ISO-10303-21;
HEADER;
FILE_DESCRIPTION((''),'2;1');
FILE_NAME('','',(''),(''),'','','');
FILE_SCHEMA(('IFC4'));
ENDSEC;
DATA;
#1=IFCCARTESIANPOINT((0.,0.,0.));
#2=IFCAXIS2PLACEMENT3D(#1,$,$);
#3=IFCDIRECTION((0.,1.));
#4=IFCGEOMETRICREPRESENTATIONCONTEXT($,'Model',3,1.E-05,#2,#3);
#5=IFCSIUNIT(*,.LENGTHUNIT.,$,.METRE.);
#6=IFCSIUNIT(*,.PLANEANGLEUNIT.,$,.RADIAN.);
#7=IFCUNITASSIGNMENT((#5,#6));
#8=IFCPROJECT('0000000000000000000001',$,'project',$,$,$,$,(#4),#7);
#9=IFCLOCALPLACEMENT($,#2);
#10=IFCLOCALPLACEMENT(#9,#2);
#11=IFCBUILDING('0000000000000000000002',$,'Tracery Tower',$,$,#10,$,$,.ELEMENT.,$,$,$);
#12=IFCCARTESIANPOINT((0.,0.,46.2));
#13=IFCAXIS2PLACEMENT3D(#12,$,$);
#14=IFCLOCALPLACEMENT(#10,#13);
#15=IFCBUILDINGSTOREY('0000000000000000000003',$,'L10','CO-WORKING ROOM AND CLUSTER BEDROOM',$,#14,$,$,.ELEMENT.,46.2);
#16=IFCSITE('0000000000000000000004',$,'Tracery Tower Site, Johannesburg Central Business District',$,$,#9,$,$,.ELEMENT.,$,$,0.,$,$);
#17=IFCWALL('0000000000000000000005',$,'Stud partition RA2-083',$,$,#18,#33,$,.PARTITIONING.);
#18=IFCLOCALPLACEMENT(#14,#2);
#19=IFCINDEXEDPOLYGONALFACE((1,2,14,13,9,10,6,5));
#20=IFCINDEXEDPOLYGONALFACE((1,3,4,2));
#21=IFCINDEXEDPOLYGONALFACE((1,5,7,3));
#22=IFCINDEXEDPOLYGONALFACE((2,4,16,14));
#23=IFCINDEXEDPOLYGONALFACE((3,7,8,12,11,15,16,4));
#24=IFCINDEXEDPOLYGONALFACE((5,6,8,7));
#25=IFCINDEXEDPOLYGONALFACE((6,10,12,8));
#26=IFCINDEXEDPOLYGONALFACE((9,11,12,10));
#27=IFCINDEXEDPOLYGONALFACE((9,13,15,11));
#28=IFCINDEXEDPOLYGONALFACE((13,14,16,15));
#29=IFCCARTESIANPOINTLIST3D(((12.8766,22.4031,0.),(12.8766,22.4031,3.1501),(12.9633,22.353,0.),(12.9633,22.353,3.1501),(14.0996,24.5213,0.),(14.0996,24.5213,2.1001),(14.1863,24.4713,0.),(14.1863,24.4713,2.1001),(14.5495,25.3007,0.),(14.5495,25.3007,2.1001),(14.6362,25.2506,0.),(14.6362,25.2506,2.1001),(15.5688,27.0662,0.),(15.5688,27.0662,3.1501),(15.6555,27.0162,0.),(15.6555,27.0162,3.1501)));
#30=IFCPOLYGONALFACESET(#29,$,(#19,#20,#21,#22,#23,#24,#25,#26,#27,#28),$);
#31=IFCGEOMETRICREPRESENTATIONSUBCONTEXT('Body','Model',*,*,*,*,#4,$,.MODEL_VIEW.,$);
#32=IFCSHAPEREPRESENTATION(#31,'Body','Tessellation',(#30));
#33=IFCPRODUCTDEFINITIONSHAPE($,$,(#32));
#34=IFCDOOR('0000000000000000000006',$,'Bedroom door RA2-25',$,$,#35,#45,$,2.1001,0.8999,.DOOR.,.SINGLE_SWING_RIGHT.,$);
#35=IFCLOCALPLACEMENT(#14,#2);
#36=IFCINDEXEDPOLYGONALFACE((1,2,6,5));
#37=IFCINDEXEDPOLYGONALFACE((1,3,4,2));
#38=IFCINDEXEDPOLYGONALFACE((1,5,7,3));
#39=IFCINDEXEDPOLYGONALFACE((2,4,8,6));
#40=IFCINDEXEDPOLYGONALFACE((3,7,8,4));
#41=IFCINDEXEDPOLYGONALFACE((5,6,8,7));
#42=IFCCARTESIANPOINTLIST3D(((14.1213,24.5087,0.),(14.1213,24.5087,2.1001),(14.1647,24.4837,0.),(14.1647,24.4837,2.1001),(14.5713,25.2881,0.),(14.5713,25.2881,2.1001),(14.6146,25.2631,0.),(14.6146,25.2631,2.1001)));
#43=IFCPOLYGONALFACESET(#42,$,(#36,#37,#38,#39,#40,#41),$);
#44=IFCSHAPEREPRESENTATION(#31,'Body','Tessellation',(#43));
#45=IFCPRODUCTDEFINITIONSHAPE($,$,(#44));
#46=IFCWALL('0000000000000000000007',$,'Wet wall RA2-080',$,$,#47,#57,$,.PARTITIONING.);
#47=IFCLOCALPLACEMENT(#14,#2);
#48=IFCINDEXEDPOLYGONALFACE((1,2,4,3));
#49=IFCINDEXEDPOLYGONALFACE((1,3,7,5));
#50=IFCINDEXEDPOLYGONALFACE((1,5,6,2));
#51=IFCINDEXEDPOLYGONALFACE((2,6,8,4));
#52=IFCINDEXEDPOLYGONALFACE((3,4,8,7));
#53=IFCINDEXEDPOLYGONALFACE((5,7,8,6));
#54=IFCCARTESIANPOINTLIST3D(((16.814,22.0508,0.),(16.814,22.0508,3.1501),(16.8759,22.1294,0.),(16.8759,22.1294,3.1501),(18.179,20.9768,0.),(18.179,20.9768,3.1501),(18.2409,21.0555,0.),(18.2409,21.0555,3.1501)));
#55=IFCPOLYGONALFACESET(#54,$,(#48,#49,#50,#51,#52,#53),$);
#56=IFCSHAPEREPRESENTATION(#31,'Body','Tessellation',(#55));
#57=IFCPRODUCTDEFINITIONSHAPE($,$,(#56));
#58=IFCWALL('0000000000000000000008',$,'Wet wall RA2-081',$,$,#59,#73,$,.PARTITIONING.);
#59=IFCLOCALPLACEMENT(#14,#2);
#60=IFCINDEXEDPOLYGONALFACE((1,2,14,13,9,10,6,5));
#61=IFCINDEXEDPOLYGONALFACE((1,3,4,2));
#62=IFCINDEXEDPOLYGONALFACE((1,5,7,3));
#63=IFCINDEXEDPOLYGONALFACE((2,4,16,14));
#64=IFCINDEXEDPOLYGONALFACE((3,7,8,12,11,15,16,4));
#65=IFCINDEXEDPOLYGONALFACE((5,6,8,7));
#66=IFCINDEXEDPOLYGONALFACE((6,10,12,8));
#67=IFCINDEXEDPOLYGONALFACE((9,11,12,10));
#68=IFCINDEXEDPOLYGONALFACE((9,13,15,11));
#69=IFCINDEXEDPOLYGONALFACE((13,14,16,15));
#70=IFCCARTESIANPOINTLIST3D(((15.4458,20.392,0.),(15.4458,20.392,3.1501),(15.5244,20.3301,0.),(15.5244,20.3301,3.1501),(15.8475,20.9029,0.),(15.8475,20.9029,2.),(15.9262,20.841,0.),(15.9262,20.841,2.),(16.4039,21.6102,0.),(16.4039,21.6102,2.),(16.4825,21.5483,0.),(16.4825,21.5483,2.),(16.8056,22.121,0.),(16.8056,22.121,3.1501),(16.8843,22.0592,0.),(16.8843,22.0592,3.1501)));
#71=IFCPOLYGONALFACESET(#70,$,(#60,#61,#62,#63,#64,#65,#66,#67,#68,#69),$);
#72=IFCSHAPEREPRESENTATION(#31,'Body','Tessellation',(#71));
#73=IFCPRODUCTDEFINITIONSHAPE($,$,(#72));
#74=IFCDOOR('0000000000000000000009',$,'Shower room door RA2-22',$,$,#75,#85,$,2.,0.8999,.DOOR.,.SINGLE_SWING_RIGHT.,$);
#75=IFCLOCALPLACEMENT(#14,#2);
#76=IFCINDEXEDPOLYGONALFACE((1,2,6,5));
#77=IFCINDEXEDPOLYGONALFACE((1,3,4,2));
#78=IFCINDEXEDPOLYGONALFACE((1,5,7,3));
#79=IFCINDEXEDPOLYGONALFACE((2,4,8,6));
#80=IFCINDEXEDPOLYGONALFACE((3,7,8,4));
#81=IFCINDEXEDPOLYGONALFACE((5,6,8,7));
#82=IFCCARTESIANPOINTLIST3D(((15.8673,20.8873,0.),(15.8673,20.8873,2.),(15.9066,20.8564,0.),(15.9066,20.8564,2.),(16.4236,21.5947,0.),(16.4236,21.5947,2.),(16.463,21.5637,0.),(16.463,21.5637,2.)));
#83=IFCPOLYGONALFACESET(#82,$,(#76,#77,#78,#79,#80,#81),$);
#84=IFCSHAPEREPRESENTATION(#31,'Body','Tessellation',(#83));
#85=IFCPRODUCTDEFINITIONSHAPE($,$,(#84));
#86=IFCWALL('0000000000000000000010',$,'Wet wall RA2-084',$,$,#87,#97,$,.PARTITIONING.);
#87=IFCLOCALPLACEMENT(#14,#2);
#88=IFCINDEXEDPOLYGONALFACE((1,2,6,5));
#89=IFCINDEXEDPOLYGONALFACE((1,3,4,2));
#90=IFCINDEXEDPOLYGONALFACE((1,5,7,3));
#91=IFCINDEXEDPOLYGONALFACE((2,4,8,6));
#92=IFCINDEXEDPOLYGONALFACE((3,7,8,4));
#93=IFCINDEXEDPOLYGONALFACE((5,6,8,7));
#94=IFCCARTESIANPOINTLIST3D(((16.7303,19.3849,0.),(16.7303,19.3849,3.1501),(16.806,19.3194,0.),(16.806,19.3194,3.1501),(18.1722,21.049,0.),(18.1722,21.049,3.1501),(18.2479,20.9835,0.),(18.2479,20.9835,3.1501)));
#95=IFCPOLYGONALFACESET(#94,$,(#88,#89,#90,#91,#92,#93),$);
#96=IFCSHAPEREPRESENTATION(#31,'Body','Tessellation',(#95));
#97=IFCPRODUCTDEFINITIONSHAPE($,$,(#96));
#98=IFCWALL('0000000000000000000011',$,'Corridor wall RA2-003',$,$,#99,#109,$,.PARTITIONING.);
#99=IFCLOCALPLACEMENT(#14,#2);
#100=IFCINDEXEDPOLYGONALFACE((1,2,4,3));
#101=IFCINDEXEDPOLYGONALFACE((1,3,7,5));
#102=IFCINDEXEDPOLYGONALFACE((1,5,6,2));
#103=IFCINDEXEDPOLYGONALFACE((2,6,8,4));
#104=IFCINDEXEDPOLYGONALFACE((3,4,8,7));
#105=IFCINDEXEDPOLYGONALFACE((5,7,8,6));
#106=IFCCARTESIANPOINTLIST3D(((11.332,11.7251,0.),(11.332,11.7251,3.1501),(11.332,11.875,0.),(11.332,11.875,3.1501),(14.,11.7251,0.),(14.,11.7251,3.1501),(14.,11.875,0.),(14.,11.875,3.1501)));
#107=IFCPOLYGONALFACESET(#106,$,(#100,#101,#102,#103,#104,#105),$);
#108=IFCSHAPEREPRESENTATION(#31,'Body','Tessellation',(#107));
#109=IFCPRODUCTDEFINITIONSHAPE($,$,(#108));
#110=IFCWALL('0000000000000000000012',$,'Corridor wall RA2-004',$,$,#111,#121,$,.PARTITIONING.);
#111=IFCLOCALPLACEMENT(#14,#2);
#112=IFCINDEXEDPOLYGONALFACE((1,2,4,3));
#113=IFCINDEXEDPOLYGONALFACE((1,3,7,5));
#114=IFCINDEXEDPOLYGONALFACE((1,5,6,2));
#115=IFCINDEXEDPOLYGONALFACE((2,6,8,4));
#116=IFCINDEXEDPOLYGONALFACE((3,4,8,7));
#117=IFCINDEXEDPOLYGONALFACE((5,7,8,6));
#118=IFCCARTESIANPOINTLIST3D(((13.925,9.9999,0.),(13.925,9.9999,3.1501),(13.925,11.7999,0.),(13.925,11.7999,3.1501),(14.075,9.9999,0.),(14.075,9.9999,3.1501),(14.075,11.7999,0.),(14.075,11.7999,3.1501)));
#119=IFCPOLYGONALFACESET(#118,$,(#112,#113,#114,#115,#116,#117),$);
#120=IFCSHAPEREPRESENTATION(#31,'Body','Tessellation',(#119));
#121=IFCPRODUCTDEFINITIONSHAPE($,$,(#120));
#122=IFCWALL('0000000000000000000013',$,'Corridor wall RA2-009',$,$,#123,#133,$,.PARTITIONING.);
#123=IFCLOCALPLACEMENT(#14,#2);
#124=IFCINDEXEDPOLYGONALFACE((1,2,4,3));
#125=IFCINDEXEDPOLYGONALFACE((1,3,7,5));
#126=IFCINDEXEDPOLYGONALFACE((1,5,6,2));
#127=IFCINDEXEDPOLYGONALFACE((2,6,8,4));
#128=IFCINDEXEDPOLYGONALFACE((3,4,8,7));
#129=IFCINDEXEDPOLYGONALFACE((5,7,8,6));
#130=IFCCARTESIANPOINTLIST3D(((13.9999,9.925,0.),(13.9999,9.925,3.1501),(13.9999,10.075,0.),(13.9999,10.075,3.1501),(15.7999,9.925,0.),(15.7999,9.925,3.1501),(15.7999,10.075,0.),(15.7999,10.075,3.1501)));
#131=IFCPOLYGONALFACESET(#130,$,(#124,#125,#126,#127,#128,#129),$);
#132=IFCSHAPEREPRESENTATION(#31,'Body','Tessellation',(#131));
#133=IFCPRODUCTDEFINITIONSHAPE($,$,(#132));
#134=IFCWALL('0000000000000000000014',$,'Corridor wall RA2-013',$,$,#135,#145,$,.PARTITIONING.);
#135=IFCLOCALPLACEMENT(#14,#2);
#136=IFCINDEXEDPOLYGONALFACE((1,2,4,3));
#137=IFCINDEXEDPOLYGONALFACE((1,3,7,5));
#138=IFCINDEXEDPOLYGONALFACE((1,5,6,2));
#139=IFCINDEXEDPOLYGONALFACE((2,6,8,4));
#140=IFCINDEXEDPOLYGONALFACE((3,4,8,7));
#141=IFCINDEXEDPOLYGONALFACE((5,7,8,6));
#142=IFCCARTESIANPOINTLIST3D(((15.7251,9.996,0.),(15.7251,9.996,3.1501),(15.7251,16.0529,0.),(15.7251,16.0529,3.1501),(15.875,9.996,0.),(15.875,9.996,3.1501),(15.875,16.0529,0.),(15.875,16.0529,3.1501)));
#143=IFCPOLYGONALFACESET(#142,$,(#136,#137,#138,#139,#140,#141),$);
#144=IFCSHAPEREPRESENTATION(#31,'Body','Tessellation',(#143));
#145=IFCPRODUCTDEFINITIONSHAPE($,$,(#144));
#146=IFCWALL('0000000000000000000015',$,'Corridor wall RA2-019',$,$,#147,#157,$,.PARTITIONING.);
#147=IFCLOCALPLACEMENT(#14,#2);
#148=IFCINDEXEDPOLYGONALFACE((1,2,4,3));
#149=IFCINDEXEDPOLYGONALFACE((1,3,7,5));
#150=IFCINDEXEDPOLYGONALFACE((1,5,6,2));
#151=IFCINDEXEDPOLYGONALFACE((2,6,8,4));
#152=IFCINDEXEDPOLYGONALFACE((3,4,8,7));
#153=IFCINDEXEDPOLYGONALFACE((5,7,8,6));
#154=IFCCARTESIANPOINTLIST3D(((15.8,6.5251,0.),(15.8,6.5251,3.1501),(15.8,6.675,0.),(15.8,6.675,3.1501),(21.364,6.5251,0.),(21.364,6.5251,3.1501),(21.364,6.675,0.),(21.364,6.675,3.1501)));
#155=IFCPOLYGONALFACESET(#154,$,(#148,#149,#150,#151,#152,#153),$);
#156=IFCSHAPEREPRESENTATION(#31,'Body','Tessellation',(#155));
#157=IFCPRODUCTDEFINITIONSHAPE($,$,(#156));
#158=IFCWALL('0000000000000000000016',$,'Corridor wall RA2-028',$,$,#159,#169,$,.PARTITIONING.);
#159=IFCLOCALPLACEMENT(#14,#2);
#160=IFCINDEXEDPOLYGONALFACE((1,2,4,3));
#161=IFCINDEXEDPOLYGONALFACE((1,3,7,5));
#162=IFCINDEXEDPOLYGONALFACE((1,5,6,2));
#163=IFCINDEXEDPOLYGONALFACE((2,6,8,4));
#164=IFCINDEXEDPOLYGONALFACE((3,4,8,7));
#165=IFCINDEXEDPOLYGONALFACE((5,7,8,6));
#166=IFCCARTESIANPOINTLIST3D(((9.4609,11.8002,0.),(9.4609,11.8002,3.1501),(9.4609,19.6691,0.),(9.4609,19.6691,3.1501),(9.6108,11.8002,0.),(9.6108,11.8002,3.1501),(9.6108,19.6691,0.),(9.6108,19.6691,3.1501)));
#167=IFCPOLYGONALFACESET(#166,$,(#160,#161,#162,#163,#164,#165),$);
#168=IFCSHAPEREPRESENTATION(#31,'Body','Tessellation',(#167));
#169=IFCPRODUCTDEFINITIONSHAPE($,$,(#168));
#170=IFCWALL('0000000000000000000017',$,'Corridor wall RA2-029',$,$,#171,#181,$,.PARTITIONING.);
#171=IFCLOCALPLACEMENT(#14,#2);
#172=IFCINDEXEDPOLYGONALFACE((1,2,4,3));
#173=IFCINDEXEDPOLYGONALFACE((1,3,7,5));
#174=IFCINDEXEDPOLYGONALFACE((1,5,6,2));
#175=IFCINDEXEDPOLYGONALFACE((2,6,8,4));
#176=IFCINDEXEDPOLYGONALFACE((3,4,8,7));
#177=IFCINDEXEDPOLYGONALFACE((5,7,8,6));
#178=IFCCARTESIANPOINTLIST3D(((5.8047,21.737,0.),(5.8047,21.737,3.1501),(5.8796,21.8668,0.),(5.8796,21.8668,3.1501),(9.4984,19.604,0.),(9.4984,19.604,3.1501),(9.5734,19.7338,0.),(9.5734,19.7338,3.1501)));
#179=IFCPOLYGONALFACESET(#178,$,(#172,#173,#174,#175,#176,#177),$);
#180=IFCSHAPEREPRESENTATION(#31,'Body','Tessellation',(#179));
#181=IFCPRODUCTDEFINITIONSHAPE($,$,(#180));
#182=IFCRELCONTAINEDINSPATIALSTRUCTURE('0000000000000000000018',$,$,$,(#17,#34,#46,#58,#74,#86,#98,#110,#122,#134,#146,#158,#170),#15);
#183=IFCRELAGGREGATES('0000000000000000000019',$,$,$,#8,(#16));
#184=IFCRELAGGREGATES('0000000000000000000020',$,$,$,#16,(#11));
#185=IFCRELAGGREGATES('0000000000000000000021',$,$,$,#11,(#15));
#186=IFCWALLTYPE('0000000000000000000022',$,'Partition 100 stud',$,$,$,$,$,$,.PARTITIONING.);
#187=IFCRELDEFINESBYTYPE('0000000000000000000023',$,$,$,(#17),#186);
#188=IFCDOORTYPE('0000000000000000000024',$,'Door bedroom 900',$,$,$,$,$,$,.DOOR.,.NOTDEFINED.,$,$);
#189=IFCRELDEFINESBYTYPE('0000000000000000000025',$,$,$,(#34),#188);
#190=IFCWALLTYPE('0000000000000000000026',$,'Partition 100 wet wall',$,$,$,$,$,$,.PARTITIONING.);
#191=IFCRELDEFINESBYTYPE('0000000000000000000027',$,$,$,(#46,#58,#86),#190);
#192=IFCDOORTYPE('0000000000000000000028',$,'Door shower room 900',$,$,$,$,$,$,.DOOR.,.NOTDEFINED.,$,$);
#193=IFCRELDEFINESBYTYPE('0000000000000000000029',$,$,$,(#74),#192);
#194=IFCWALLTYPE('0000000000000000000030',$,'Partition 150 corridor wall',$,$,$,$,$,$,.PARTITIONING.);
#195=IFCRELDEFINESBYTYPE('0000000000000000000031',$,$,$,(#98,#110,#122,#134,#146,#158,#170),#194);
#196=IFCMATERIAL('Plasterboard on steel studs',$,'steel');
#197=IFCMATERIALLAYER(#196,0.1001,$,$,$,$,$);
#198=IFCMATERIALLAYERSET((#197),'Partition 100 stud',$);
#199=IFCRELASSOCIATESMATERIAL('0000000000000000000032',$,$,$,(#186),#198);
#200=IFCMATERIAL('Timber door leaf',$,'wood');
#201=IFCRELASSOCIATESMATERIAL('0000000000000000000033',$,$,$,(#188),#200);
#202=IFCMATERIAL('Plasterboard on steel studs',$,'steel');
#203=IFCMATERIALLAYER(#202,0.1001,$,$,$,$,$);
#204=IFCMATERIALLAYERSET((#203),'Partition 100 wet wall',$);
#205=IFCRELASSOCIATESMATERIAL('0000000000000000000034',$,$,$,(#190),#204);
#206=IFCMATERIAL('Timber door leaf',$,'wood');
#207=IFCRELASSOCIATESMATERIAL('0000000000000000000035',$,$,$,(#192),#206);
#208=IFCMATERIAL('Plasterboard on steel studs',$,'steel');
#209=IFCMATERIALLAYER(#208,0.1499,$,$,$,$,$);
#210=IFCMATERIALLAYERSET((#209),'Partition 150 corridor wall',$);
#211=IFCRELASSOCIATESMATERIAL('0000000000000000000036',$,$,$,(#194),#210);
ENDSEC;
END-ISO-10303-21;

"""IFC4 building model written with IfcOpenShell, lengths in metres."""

from ifc_helpers import new_model, si_unit, direction, frame, frame_2d, origin, place, context, subcontext, project, spatial, rectangle, extrude, material, layer, layer_set, type_object, element, fill, save


model = new_model("IFC4")

# Units and contexts
model_context = context("Model", 3, precision=1e-05, world=origin(), true_north=direction((0.0, 1.0)))
body_context = subcontext(model_context, "Body", "Model", "MODEL_VIEW")
ifc_project = project(units=[si_unit("LENGTHUNIT", "METRE"), si_unit("PLANEANGLEUNIT", "RADIAN")], contexts=[model_context])

# Site, building, storey
site_placement = place(None, origin())
site = spatial("IfcSite", under=ifc_project, at=site_placement, Name="Tracery Tower Site, Johannesburg Central Business District", CompositionType="ELEMENT", RefElevation=0.0)
building_placement = place(site_placement, origin())
building = spatial("IfcBuilding", under=site, at=building_placement, Name="Tracery Tower", CompositionType="ELEMENT")
storey_placement = place(building_placement, frame((0.0, 0.0, 46.2)))
storey = spatial("IfcBuildingStorey", under=building, at=storey_placement, Name="L10", Description="CO-WORKING ROOM AND CLUSTER BEDROOM", CompositionType="ELEMENT", Elevation=46.2)

# Wall, opening, door
ifc_material_1 = material(Name="Plasterboard on steel studs", Category="steel")
ifc_layer_1 = layer(ifc_material_1, 0.1001)
ifc_layer_set_1 = layer_set([ifc_layer_1], Name="Partition 100 stud")
wall_type_1 = type_object("IfcWallType", Name="Partition 100 stud", PredefinedType="PARTITIONING", material=ifc_layer_set_1)
wall_1_placement = place(storey_placement, frame((12.9199, 22.3779, 0.0), z_axis=(0.0, 0.0, 1.0), x_axis=(0.499987, 0.866033, 0.0)))
wall_1 = element("IfcWall", 1, at=wall_1_placement, inside=storey, type_object=wall_type_1, Name="Stud partition RA2-083", PredefinedType="PARTITIONING", context=body_context, shape_type="SweptSolid", body=[
    extrude(rectangle(XDim=5.3845, YDim=0.1001, at=frame_2d((2.6924, 0.0))), origin(), (0.0, 0.0, 1.0), 3.1501),
])
opening_1_placement = place(wall_1_placement, frame((2.446, 0.0, 0.0)))
opening_1 = element("IfcOpeningElement", 2, at=opening_1_placement, cuts=wall_1, PredefinedType="OPENING", context=body_context, shape_type="SweptSolid", body=[
    extrude(rectangle(XDim=0.8999, YDim=2.1001, at=frame_2d((0.45, 1.05))), frame((0.0, 0.05, 0.0), z_axis=(0.0, -1.0, 0.0), x_axis=(1.0, 0.0, 0.0)), (0.0, 0.0, 1.0), 0.1001),
])
ifc_material_2 = material(Name="Timber door leaf", Category="wood")
door_type_1 = type_object("IfcDoorType", Name="Door bedroom 900", OperationType="NOTDEFINED", PredefinedType="DOOR", material=ifc_material_2)
door_1_placement = place(opening_1_placement, origin())
door_1 = element("IfcDoor", 3, at=door_1_placement, inside=storey, type_object=door_type_1, Name="Bedroom door RA2-25", OperationType="SINGLE_SWING_RIGHT", OverallHeight=2.1001, OverallWidth=0.8999, PredefinedType="DOOR", context=body_context, shape_type="SweptSolid", body=[
    extrude(rectangle(XDim=0.8999, YDim=2.1001, at=frame_2d((0.45, 1.05))), frame((0.0, 0.0249, 0.0), z_axis=(0.0, -1.0, 0.0), x_axis=(1.0, 0.0, 0.0)), (0.0, 0.0, 1.0), 0.05),
])
fill(opening_1, door_1)

# Wall
ifc_material_3 = material(Name="Plasterboard on steel studs", Category="steel")
ifc_layer_2 = layer(ifc_material_3, 0.1001)
ifc_layer_set_2 = layer_set([ifc_layer_2], Name="Partition 100 wet wall")
wall_type_2 = type_object("IfcWallType", Name="Partition 100 wet wall", PredefinedType="PARTITIONING", material=ifc_layer_set_2)
wall_2_placement = place(storey_placement, frame((16.845, 22.0901, 0.0), z_axis=(0.0, 0.0, 1.0), x_axis=(0.785904, -0.618349, 0.0)))
element("IfcWall", 4, at=wall_2_placement, inside=storey, type_object=wall_type_2, Name="Wet wall RA2-080", PredefinedType="PARTITIONING", context=body_context, shape_type="SweptSolid", body=[
    extrude(rectangle(XDim=1.7368, YDim=0.1001, at=frame_2d((0.8684, 0.0))), origin(), (0.0, 0.0, 1.0), 3.1501),
])

# Wall, opening, door
wall_3_placement = place(storey_placement, frame((15.4851, 20.3611, 0.0), z_axis=(0.0, 0.0, 1.0), x_axis=(0.618204, 0.786018, 0.0)))
wall_3 = element("IfcWall", 5, at=wall_3_placement, inside=storey, type_object=wall_type_2, Name="Wet wall RA2-081", PredefinedType="PARTITIONING", context=body_context, shape_type="SweptSolid", body=[
    extrude(rectangle(XDim=2.1997, YDim=0.1001, at=frame_2d((1.0999, 0.0))), origin(), (0.0, 0.0, 1.0), 3.1501),
])
opening_2_placement = place(wall_3_placement, frame((0.6499, 0.0, 0.0)))
opening_2 = element("IfcOpeningElement", 6, at=opening_2_placement, cuts=wall_3, PredefinedType="OPENING", context=body_context, shape_type="SweptSolid", body=[
    extrude(rectangle(XDim=0.8999, YDim=2.0, at=frame_2d((0.45, 1.0))), frame((0.0, 0.05, 0.0), z_axis=(0.0, -1.0, 0.0), x_axis=(1.0, 0.0, 0.0)), (0.0, 0.0, 1.0), 0.1001),
])
ifc_material_4 = material(Name="Timber door leaf", Category="wood")
door_type_2 = type_object("IfcDoorType", Name="Door shower room 900", OperationType="NOTDEFINED", PredefinedType="DOOR", material=ifc_material_4)
door_2_placement = place(opening_2_placement, origin())
door_2 = element("IfcDoor", 7, at=door_2_placement, inside=storey, type_object=door_type_2, Name="Shower room door RA2-22", OperationType="SINGLE_SWING_RIGHT", OverallHeight=2.0, OverallWidth=0.8999, PredefinedType="DOOR", context=body_context, shape_type="SweptSolid", body=[
    extrude(rectangle(XDim=0.8999, YDim=2.0, at=frame_2d((0.45, 1.0))), frame((0.0, 0.0249, 0.0), z_axis=(0.0, -1.0, 0.0), x_axis=(1.0, 0.0, 0.0)), (0.0, 0.0, 1.0), 0.05),
])
fill(opening_2, door_2)

# Walls
wall_4_placement = place(storey_placement, frame((16.7681, 19.3521, 0.0), z_axis=(0.0, 0.0, 1.0), x_axis=(0.654855, 0.755755, 0.0)))
element("IfcWall", 8, at=wall_4_placement, inside=storey, type_object=wall_type_2, Name="Wet wall RA2-084", PredefinedType="PARTITIONING", context=body_context, shape_type="SweptSolid", body=[
    extrude(rectangle(XDim=2.2019, YDim=0.1001, at=frame_2d((1.1011, 0.0))), origin(), (0.0, 0.0, 1.0), 3.1501),
])
ifc_material_5 = material(Name="Plasterboard on steel studs", Category="steel")
ifc_layer_3 = layer(ifc_material_5, 0.1499)
ifc_layer_set_3 = layer_set([ifc_layer_3], Name="Partition 150 corridor wall")
wall_type_3 = type_object("IfcWallType", Name="Partition 150 corridor wall", PredefinedType="PARTITIONING", material=ifc_layer_set_3)
wall_5_placement = place(storey_placement, frame((11.332, 11.8, 0.0), z_axis=(0.0, 0.0, 1.0), x_axis=(1.0, 0.0, 0.0)))
element("IfcWall", 9, at=wall_5_placement, inside=storey, type_object=wall_type_3, Name="Corridor wall RA2-003", PredefinedType="PARTITIONING", context=body_context, shape_type="SweptSolid", body=[
    extrude(rectangle(XDim=2.668, YDim=0.1499, at=frame_2d((1.334, 0.0))), origin(), (0.0, 0.0, 1.0), 3.1501),
])
for number, where, z_axis, x_axis, name in (
    (10, (14.0, 10.0, 0.0), (0.0, 0.0, 1.0), (0.0, 1.0, 0.0), "Corridor wall RA2-004"),
    (11, (14.0, 10.0, 0.0), (0.0, 0.0, 1.0), (1.0, 0.0, 0.0), "Corridor wall RA2-009"),
):
    element("IfcWall", number, at=place(storey_placement, frame(where, z_axis=z_axis, x_axis=x_axis)), inside=storey, type_object=wall_type_3, Name=name, PredefinedType="PARTITIONING", context=body_context, shape_type="SweptSolid", body=[
        extrude(rectangle(XDim=1.8, YDim=0.1499, at=frame_2d((0.8999, 0.0))), origin(), (0.0, 0.0, 1.0), 3.1501),
    ])
wall_6_placement = place(storey_placement, frame((15.8, 9.9961, 0.0), z_axis=(0.0, 0.0, 1.0), x_axis=(0.0, 1.0, 0.0)))
element("IfcWall", 12, at=wall_6_placement, inside=storey, type_object=wall_type_3, Name="Corridor wall RA2-013", PredefinedType="PARTITIONING", context=body_context, shape_type="SweptSolid", body=[
    extrude(rectangle(XDim=6.0569, YDim=0.1499, at=frame_2d((3.0283, 0.0))), origin(), (0.0, 0.0, 1.0), 3.1501),
])
wall_7_placement = place(storey_placement, frame((15.8, 6.6001, 0.0), z_axis=(0.0, 0.0, 1.0), x_axis=(1.0, 0.0, 0.0)))
element("IfcWall", 13, at=wall_7_placement, inside=storey, type_object=wall_type_3, Name="Corridor wall RA2-019", PredefinedType="PARTITIONING", context=body_context, shape_type="SweptSolid", body=[
    extrude(rectangle(XDim=5.564, YDim=0.1499, at=frame_2d((2.782, 0.0))), origin(), (0.0, 0.0, 1.0), 3.1501),
])
wall_8_placement = place(storey_placement, frame((9.5359, 11.8, 0.0), z_axis=(0.0, 0.0, 1.0), x_axis=(0.0, 1.0, 0.0)))
element("IfcWall", 14, at=wall_8_placement, inside=storey, type_object=wall_type_3, Name="Corridor wall RA2-028", PredefinedType="PARTITIONING", context=body_context, shape_type="SweptSolid", body=[
    extrude(rectangle(XDim=7.8689, YDim=0.1499, at=frame_2d((3.9346, 0.0))), origin(), (0.0, 0.0, 1.0), 3.1501),
])
wall_9_placement = place(storey_placement, frame((5.842, 21.802, 0.0), z_axis=(0.0, 0.0, 1.0), x_axis=(0.865984, -0.500073, 0.0)))
element("IfcWall", 15, at=wall_9_placement, inside=storey, type_object=wall_type_3, Name="Corridor wall RA2-029", PredefinedType="PARTITIONING", context=body_context, shape_type="SweptSolid", body=[
    extrude(rectangle(XDim=4.2654, YDim=0.1499, at=frame_2d((2.1328, 0.0))), origin(), (0.0, 0.0, 1.0), 3.1501),
])

save(model, "model.ifc")
